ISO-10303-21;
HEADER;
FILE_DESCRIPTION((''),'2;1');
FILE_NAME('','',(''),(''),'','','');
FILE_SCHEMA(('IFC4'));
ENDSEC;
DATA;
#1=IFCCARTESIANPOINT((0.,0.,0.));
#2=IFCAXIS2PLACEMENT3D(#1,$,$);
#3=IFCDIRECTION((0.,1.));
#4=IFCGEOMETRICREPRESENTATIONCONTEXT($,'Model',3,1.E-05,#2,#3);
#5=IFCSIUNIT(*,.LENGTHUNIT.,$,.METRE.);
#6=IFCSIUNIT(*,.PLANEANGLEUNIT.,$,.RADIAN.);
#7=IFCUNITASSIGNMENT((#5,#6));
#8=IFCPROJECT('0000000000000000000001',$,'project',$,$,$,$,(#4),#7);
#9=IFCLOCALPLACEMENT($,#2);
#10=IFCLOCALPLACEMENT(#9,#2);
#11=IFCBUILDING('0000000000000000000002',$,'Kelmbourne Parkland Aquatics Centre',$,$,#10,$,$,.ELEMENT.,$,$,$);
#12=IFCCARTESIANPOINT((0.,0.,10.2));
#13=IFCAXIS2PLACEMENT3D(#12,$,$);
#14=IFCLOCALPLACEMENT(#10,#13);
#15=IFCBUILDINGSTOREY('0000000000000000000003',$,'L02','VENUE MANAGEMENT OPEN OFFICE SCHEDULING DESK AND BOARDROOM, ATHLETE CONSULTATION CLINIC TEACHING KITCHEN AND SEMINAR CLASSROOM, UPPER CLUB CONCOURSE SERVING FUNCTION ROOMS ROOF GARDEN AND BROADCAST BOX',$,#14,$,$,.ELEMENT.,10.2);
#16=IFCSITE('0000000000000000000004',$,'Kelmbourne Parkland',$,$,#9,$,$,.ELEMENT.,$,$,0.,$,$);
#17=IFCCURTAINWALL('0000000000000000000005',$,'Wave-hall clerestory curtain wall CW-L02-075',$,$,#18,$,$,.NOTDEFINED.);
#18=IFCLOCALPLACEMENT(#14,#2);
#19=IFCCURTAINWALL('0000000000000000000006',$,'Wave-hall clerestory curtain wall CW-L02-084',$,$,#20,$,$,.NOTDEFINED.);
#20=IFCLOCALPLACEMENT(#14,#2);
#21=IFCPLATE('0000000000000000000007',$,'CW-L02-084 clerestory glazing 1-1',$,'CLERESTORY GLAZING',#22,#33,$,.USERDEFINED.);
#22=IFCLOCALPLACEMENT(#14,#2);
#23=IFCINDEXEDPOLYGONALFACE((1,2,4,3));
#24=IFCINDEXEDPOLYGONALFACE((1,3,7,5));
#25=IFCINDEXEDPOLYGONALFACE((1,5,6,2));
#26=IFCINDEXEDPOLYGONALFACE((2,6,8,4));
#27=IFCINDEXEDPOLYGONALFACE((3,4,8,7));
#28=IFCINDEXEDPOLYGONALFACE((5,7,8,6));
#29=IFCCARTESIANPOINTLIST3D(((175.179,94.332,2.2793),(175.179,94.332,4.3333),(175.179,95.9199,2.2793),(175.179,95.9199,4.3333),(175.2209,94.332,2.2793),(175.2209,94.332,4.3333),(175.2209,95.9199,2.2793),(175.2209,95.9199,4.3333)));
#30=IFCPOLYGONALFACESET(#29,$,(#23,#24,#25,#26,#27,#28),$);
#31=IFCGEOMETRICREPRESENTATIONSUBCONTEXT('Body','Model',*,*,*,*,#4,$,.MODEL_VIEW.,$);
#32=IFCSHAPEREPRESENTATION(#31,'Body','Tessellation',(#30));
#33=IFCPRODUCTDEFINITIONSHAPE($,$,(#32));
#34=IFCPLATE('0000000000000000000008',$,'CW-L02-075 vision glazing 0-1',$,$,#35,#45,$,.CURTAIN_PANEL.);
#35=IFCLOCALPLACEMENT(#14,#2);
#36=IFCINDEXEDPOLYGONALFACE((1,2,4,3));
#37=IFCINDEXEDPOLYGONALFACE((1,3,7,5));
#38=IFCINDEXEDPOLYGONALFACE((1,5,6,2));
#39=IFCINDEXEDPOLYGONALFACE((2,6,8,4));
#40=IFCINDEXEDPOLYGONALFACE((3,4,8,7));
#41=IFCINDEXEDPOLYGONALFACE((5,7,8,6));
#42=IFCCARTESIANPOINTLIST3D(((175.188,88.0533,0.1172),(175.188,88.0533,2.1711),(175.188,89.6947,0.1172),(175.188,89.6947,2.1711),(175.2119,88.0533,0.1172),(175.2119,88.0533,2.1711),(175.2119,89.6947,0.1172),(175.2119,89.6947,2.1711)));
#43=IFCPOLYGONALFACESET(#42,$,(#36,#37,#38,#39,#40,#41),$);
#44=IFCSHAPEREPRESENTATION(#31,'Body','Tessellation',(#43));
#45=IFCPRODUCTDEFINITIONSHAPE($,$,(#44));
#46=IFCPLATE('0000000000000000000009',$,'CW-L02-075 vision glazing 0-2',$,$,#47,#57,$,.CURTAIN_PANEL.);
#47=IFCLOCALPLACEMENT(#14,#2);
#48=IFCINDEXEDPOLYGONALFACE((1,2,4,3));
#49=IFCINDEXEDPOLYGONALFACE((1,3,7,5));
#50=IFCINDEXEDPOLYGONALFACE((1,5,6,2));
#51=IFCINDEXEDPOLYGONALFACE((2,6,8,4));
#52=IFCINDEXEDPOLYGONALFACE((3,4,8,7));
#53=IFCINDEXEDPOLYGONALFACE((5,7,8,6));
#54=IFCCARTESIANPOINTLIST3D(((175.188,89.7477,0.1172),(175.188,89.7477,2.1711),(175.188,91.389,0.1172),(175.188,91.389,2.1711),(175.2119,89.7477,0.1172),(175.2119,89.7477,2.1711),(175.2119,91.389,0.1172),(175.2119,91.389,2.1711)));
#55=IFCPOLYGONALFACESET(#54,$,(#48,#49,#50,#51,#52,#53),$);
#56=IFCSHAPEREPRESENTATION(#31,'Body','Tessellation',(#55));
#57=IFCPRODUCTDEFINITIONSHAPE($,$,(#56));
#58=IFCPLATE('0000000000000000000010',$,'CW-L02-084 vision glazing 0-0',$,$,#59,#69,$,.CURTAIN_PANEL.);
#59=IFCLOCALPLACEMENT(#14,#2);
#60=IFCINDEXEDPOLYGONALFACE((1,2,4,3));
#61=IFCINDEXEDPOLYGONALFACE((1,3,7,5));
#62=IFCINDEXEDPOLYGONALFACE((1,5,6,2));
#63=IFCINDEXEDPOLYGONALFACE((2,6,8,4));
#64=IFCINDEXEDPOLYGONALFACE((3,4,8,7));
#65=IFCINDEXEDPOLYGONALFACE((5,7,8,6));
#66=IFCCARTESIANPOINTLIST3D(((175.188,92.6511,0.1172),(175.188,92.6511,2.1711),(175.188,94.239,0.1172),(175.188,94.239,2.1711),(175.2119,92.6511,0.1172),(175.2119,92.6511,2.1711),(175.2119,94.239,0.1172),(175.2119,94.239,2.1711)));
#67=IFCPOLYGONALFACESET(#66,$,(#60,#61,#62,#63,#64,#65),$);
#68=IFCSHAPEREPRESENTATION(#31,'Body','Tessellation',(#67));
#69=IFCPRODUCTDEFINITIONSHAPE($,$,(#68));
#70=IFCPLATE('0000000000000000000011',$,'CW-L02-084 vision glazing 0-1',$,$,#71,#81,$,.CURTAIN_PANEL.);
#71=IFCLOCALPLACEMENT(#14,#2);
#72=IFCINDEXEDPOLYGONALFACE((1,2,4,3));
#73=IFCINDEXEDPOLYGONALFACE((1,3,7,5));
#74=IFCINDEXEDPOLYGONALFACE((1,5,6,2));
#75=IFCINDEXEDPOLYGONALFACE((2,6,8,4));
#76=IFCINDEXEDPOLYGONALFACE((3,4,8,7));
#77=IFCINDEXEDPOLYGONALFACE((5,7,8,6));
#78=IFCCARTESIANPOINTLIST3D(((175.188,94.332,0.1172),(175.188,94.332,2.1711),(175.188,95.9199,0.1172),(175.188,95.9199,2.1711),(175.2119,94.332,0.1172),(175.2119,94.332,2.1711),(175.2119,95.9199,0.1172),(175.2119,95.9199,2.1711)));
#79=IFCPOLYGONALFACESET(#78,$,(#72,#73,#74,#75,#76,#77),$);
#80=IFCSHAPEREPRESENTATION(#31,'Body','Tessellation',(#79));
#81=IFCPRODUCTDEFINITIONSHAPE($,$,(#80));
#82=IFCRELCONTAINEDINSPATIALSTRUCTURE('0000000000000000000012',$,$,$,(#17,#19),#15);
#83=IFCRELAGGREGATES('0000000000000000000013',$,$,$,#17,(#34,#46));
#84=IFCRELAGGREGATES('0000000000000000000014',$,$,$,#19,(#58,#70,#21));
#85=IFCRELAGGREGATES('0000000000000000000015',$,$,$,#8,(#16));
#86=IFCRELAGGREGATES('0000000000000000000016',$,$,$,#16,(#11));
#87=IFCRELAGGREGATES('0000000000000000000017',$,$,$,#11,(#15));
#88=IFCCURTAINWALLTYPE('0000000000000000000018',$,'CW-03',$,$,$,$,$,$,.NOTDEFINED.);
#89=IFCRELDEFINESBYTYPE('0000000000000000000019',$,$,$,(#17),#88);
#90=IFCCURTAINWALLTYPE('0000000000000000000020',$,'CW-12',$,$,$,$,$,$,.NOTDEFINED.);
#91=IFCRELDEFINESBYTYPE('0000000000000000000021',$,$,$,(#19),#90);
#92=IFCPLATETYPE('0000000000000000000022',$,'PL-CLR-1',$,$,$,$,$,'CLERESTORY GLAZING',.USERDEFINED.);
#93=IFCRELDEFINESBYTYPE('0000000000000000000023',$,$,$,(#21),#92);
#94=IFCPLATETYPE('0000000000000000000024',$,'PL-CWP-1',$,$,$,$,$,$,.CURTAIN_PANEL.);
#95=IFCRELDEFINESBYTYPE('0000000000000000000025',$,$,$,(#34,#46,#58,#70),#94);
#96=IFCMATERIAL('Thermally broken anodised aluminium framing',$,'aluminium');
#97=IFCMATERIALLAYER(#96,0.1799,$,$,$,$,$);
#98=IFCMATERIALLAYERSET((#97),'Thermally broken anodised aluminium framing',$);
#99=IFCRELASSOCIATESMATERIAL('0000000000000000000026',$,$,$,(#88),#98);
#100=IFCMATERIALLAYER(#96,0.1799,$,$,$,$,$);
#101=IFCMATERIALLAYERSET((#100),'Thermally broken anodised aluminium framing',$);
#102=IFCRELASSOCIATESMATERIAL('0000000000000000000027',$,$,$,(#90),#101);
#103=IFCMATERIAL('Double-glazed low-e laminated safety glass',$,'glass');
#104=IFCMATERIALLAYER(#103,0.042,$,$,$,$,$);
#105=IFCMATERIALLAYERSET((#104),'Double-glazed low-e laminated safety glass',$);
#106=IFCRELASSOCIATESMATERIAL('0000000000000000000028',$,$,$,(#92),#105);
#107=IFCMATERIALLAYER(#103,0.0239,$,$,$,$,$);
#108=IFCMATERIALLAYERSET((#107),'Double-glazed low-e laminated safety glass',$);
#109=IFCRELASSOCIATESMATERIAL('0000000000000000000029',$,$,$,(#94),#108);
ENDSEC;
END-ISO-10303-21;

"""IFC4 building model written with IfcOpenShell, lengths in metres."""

from ifc_helpers import new_model, si_unit, direction, frame, origin, origin_2d, place, context, subcontext, project, spatial, rectangle, extrude, material, layer, layer_set, type_object, element, aggregate, save


model = new_model("IFC4")

# Units and contexts
model_context = context("Model", 3, precision=1e-05, world=origin(), true_north=direction((0.0, 1.0)))
body_context = subcontext(model_context, "Body", "Model", "MODEL_VIEW")
ifc_project = project(units=[si_unit("LENGTHUNIT", "METRE"), si_unit("PLANEANGLEUNIT", "RADIAN")], contexts=[model_context])

# Site, building, storey
site_placement = place(None, origin())
site = spatial("IfcSite", under=ifc_project, at=site_placement, Name="Kelmbourne Parkland", CompositionType="ELEMENT", RefElevation=0.0)
building_placement = place(site_placement, origin())
building = spatial("IfcBuilding", under=site, at=building_placement, Name="Kelmbourne Parkland Aquatics Centre", CompositionType="ELEMENT")
storey_placement = place(building_placement, frame((0.0, 0.0, 10.2)))
storey = spatial("IfcBuildingStorey", under=building, at=storey_placement, Name="L02", Description="VENUE MANAGEMENT OPEN OFFICE SCHEDULING DESK AND BOARDROOM, ATHLETE CONSULTATION CLINIC TEACHING KITCHEN AND SEMINAR CLASSROOM, UPPER CLUB CONCOURSE SERVING FUNCTION ROOMS ROOF GARDEN AND BROADCAST BOX", CompositionType="ELEMENT", Elevation=10.2)

# Curtain walls
ifc_material_1 = material(Name="Thermally broken anodised aluminium framing", Category="aluminium")
ifc_layer_1 = layer(ifc_material_1, 0.1799)
ifc_layer_set_1 = layer_set([ifc_layer_1], Name="Thermally broken anodised aluminium framing")
curtain_wall_type_1 = type_object("IfcCurtainWallType", Name="CW-03", PredefinedType="NOTDEFINED", material=ifc_layer_set_1)
curtain_wall_1_placement = place(storey_placement, origin())
curtain_wall_1 = element("IfcCurtainWall", 1, at=curtain_wall_1_placement, inside=storey, type_object=curtain_wall_type_1, Name="Wave-hall clerestory curtain wall CW-L02-075", PredefinedType="NOTDEFINED")
ifc_layer_2 = layer(ifc_material_1, 0.1799)
ifc_layer_set_2 = layer_set([ifc_layer_2], Name="Thermally broken anodised aluminium framing")
curtain_wall_type_2 = type_object("IfcCurtainWallType", Name="CW-12", PredefinedType="NOTDEFINED", material=ifc_layer_set_2)
curtain_wall_2_placement = place(storey_placement, origin())
curtain_wall_2 = element("IfcCurtainWall", 2, at=curtain_wall_2_placement, inside=storey, type_object=curtain_wall_type_2, Name="Wave-hall clerestory curtain wall CW-L02-084", PredefinedType="NOTDEFINED")

# Plates
ifc_material_2 = material(Name="Double-glazed low-e laminated safety glass", Category="glass")
ifc_layer_3 = layer(ifc_material_2, 0.042)
ifc_layer_set_3 = layer_set([ifc_layer_3], Name="Double-glazed low-e laminated safety glass")
plate_type_1 = type_object("IfcPlateType", Name="PL-CLR-1", ElementType="CLERESTORY GLAZING", PredefinedType="USERDEFINED", material=ifc_layer_set_3)
plate_1_placement = place(storey_placement, frame((175.2, 95.126, 2.2793), z_axis=(0.0, 0.0, 1.0), x_axis=(0.0, 1.0, 0.0)))
plate_1 = element("IfcPlate", 3, at=plate_1_placement, type_object=plate_type_1, Name="CW-L02-084 clerestory glazing 1-1", ObjectType="CLERESTORY GLAZING", PredefinedType="USERDEFINED", context=body_context, shape_type="SweptSolid", body=[
    extrude(rectangle(XDim=1.5879, YDim=0.042, at=origin_2d()), origin(), (0.0, 0.0, 1.0), 2.054),
])
ifc_layer_4 = layer(ifc_material_2, 0.0239)
ifc_layer_set_4 = layer_set([ifc_layer_4], Name="Double-glazed low-e laminated safety glass")
plate_type_2 = type_object("IfcPlateType", Name="PL-CWP-1", PredefinedType="CURTAIN_PANEL", material=ifc_layer_set_4)
plate_2_placement = place(storey_placement, frame((175.2, 88.874, 0.1172), z_axis=(0.0, 0.0, 1.0), x_axis=(0.0, 1.0, 0.0)))
plate_2 = element("IfcPlate", 4, at=plate_2_placement, type_object=plate_type_2, Name="CW-L02-075 vision glazing 0-1", PredefinedType="CURTAIN_PANEL", context=body_context, shape_type="SweptSolid", body=[
    extrude(rectangle(XDim=1.6414, YDim=0.0239, at=origin_2d()), origin(), (0.0, 0.0, 1.0), 2.054),
])
plate_3_placement = place(storey_placement, frame((175.2, 90.5684, 0.1172), z_axis=(0.0, 0.0, 1.0), x_axis=(0.0, 1.0, 0.0)))
plate_3 = element("IfcPlate", 5, at=plate_3_placement, type_object=plate_type_2, Name="CW-L02-075 vision glazing 0-2", PredefinedType="CURTAIN_PANEL", context=body_context, shape_type="SweptSolid", body=[
    extrude(rectangle(XDim=1.6414, YDim=0.0239, at=origin_2d()), origin(), (0.0, 0.0, 1.0), 2.054),
])
aggregate(curtain_wall_1, [plate_2, plate_3])
plate_4_placement = place(storey_placement, frame((175.2, 93.4451, 0.1172), z_axis=(0.0, 0.0, 1.0), x_axis=(0.0, 1.0, 0.0)))
plate_4 = element("IfcPlate", 6, at=plate_4_placement, type_object=plate_type_2, Name="CW-L02-084 vision glazing 0-0", PredefinedType="CURTAIN_PANEL", context=body_context, shape_type="SweptSolid", body=[
    extrude(rectangle(XDim=1.5879, YDim=0.0239, at=origin_2d()), origin(), (0.0, 0.0, 1.0), 2.054),
])
plate_5_placement = place(storey_placement, frame((175.2, 95.126, 0.1172), z_axis=(0.0, 0.0, 1.0), x_axis=(0.0, 1.0, 0.0)))
plate_5 = element("IfcPlate", 7, at=plate_5_placement, type_object=plate_type_2, Name="CW-L02-084 vision glazing 0-1", PredefinedType="CURTAIN_PANEL", context=body_context, shape_type="SweptSolid", body=[
    extrude(rectangle(XDim=1.5879, YDim=0.0239, at=origin_2d()), origin(), (0.0, 0.0, 1.0), 2.054),
])
aggregate(curtain_wall_2, [plate_4, plate_5, plate_1])

save(model, "model.ifc")
